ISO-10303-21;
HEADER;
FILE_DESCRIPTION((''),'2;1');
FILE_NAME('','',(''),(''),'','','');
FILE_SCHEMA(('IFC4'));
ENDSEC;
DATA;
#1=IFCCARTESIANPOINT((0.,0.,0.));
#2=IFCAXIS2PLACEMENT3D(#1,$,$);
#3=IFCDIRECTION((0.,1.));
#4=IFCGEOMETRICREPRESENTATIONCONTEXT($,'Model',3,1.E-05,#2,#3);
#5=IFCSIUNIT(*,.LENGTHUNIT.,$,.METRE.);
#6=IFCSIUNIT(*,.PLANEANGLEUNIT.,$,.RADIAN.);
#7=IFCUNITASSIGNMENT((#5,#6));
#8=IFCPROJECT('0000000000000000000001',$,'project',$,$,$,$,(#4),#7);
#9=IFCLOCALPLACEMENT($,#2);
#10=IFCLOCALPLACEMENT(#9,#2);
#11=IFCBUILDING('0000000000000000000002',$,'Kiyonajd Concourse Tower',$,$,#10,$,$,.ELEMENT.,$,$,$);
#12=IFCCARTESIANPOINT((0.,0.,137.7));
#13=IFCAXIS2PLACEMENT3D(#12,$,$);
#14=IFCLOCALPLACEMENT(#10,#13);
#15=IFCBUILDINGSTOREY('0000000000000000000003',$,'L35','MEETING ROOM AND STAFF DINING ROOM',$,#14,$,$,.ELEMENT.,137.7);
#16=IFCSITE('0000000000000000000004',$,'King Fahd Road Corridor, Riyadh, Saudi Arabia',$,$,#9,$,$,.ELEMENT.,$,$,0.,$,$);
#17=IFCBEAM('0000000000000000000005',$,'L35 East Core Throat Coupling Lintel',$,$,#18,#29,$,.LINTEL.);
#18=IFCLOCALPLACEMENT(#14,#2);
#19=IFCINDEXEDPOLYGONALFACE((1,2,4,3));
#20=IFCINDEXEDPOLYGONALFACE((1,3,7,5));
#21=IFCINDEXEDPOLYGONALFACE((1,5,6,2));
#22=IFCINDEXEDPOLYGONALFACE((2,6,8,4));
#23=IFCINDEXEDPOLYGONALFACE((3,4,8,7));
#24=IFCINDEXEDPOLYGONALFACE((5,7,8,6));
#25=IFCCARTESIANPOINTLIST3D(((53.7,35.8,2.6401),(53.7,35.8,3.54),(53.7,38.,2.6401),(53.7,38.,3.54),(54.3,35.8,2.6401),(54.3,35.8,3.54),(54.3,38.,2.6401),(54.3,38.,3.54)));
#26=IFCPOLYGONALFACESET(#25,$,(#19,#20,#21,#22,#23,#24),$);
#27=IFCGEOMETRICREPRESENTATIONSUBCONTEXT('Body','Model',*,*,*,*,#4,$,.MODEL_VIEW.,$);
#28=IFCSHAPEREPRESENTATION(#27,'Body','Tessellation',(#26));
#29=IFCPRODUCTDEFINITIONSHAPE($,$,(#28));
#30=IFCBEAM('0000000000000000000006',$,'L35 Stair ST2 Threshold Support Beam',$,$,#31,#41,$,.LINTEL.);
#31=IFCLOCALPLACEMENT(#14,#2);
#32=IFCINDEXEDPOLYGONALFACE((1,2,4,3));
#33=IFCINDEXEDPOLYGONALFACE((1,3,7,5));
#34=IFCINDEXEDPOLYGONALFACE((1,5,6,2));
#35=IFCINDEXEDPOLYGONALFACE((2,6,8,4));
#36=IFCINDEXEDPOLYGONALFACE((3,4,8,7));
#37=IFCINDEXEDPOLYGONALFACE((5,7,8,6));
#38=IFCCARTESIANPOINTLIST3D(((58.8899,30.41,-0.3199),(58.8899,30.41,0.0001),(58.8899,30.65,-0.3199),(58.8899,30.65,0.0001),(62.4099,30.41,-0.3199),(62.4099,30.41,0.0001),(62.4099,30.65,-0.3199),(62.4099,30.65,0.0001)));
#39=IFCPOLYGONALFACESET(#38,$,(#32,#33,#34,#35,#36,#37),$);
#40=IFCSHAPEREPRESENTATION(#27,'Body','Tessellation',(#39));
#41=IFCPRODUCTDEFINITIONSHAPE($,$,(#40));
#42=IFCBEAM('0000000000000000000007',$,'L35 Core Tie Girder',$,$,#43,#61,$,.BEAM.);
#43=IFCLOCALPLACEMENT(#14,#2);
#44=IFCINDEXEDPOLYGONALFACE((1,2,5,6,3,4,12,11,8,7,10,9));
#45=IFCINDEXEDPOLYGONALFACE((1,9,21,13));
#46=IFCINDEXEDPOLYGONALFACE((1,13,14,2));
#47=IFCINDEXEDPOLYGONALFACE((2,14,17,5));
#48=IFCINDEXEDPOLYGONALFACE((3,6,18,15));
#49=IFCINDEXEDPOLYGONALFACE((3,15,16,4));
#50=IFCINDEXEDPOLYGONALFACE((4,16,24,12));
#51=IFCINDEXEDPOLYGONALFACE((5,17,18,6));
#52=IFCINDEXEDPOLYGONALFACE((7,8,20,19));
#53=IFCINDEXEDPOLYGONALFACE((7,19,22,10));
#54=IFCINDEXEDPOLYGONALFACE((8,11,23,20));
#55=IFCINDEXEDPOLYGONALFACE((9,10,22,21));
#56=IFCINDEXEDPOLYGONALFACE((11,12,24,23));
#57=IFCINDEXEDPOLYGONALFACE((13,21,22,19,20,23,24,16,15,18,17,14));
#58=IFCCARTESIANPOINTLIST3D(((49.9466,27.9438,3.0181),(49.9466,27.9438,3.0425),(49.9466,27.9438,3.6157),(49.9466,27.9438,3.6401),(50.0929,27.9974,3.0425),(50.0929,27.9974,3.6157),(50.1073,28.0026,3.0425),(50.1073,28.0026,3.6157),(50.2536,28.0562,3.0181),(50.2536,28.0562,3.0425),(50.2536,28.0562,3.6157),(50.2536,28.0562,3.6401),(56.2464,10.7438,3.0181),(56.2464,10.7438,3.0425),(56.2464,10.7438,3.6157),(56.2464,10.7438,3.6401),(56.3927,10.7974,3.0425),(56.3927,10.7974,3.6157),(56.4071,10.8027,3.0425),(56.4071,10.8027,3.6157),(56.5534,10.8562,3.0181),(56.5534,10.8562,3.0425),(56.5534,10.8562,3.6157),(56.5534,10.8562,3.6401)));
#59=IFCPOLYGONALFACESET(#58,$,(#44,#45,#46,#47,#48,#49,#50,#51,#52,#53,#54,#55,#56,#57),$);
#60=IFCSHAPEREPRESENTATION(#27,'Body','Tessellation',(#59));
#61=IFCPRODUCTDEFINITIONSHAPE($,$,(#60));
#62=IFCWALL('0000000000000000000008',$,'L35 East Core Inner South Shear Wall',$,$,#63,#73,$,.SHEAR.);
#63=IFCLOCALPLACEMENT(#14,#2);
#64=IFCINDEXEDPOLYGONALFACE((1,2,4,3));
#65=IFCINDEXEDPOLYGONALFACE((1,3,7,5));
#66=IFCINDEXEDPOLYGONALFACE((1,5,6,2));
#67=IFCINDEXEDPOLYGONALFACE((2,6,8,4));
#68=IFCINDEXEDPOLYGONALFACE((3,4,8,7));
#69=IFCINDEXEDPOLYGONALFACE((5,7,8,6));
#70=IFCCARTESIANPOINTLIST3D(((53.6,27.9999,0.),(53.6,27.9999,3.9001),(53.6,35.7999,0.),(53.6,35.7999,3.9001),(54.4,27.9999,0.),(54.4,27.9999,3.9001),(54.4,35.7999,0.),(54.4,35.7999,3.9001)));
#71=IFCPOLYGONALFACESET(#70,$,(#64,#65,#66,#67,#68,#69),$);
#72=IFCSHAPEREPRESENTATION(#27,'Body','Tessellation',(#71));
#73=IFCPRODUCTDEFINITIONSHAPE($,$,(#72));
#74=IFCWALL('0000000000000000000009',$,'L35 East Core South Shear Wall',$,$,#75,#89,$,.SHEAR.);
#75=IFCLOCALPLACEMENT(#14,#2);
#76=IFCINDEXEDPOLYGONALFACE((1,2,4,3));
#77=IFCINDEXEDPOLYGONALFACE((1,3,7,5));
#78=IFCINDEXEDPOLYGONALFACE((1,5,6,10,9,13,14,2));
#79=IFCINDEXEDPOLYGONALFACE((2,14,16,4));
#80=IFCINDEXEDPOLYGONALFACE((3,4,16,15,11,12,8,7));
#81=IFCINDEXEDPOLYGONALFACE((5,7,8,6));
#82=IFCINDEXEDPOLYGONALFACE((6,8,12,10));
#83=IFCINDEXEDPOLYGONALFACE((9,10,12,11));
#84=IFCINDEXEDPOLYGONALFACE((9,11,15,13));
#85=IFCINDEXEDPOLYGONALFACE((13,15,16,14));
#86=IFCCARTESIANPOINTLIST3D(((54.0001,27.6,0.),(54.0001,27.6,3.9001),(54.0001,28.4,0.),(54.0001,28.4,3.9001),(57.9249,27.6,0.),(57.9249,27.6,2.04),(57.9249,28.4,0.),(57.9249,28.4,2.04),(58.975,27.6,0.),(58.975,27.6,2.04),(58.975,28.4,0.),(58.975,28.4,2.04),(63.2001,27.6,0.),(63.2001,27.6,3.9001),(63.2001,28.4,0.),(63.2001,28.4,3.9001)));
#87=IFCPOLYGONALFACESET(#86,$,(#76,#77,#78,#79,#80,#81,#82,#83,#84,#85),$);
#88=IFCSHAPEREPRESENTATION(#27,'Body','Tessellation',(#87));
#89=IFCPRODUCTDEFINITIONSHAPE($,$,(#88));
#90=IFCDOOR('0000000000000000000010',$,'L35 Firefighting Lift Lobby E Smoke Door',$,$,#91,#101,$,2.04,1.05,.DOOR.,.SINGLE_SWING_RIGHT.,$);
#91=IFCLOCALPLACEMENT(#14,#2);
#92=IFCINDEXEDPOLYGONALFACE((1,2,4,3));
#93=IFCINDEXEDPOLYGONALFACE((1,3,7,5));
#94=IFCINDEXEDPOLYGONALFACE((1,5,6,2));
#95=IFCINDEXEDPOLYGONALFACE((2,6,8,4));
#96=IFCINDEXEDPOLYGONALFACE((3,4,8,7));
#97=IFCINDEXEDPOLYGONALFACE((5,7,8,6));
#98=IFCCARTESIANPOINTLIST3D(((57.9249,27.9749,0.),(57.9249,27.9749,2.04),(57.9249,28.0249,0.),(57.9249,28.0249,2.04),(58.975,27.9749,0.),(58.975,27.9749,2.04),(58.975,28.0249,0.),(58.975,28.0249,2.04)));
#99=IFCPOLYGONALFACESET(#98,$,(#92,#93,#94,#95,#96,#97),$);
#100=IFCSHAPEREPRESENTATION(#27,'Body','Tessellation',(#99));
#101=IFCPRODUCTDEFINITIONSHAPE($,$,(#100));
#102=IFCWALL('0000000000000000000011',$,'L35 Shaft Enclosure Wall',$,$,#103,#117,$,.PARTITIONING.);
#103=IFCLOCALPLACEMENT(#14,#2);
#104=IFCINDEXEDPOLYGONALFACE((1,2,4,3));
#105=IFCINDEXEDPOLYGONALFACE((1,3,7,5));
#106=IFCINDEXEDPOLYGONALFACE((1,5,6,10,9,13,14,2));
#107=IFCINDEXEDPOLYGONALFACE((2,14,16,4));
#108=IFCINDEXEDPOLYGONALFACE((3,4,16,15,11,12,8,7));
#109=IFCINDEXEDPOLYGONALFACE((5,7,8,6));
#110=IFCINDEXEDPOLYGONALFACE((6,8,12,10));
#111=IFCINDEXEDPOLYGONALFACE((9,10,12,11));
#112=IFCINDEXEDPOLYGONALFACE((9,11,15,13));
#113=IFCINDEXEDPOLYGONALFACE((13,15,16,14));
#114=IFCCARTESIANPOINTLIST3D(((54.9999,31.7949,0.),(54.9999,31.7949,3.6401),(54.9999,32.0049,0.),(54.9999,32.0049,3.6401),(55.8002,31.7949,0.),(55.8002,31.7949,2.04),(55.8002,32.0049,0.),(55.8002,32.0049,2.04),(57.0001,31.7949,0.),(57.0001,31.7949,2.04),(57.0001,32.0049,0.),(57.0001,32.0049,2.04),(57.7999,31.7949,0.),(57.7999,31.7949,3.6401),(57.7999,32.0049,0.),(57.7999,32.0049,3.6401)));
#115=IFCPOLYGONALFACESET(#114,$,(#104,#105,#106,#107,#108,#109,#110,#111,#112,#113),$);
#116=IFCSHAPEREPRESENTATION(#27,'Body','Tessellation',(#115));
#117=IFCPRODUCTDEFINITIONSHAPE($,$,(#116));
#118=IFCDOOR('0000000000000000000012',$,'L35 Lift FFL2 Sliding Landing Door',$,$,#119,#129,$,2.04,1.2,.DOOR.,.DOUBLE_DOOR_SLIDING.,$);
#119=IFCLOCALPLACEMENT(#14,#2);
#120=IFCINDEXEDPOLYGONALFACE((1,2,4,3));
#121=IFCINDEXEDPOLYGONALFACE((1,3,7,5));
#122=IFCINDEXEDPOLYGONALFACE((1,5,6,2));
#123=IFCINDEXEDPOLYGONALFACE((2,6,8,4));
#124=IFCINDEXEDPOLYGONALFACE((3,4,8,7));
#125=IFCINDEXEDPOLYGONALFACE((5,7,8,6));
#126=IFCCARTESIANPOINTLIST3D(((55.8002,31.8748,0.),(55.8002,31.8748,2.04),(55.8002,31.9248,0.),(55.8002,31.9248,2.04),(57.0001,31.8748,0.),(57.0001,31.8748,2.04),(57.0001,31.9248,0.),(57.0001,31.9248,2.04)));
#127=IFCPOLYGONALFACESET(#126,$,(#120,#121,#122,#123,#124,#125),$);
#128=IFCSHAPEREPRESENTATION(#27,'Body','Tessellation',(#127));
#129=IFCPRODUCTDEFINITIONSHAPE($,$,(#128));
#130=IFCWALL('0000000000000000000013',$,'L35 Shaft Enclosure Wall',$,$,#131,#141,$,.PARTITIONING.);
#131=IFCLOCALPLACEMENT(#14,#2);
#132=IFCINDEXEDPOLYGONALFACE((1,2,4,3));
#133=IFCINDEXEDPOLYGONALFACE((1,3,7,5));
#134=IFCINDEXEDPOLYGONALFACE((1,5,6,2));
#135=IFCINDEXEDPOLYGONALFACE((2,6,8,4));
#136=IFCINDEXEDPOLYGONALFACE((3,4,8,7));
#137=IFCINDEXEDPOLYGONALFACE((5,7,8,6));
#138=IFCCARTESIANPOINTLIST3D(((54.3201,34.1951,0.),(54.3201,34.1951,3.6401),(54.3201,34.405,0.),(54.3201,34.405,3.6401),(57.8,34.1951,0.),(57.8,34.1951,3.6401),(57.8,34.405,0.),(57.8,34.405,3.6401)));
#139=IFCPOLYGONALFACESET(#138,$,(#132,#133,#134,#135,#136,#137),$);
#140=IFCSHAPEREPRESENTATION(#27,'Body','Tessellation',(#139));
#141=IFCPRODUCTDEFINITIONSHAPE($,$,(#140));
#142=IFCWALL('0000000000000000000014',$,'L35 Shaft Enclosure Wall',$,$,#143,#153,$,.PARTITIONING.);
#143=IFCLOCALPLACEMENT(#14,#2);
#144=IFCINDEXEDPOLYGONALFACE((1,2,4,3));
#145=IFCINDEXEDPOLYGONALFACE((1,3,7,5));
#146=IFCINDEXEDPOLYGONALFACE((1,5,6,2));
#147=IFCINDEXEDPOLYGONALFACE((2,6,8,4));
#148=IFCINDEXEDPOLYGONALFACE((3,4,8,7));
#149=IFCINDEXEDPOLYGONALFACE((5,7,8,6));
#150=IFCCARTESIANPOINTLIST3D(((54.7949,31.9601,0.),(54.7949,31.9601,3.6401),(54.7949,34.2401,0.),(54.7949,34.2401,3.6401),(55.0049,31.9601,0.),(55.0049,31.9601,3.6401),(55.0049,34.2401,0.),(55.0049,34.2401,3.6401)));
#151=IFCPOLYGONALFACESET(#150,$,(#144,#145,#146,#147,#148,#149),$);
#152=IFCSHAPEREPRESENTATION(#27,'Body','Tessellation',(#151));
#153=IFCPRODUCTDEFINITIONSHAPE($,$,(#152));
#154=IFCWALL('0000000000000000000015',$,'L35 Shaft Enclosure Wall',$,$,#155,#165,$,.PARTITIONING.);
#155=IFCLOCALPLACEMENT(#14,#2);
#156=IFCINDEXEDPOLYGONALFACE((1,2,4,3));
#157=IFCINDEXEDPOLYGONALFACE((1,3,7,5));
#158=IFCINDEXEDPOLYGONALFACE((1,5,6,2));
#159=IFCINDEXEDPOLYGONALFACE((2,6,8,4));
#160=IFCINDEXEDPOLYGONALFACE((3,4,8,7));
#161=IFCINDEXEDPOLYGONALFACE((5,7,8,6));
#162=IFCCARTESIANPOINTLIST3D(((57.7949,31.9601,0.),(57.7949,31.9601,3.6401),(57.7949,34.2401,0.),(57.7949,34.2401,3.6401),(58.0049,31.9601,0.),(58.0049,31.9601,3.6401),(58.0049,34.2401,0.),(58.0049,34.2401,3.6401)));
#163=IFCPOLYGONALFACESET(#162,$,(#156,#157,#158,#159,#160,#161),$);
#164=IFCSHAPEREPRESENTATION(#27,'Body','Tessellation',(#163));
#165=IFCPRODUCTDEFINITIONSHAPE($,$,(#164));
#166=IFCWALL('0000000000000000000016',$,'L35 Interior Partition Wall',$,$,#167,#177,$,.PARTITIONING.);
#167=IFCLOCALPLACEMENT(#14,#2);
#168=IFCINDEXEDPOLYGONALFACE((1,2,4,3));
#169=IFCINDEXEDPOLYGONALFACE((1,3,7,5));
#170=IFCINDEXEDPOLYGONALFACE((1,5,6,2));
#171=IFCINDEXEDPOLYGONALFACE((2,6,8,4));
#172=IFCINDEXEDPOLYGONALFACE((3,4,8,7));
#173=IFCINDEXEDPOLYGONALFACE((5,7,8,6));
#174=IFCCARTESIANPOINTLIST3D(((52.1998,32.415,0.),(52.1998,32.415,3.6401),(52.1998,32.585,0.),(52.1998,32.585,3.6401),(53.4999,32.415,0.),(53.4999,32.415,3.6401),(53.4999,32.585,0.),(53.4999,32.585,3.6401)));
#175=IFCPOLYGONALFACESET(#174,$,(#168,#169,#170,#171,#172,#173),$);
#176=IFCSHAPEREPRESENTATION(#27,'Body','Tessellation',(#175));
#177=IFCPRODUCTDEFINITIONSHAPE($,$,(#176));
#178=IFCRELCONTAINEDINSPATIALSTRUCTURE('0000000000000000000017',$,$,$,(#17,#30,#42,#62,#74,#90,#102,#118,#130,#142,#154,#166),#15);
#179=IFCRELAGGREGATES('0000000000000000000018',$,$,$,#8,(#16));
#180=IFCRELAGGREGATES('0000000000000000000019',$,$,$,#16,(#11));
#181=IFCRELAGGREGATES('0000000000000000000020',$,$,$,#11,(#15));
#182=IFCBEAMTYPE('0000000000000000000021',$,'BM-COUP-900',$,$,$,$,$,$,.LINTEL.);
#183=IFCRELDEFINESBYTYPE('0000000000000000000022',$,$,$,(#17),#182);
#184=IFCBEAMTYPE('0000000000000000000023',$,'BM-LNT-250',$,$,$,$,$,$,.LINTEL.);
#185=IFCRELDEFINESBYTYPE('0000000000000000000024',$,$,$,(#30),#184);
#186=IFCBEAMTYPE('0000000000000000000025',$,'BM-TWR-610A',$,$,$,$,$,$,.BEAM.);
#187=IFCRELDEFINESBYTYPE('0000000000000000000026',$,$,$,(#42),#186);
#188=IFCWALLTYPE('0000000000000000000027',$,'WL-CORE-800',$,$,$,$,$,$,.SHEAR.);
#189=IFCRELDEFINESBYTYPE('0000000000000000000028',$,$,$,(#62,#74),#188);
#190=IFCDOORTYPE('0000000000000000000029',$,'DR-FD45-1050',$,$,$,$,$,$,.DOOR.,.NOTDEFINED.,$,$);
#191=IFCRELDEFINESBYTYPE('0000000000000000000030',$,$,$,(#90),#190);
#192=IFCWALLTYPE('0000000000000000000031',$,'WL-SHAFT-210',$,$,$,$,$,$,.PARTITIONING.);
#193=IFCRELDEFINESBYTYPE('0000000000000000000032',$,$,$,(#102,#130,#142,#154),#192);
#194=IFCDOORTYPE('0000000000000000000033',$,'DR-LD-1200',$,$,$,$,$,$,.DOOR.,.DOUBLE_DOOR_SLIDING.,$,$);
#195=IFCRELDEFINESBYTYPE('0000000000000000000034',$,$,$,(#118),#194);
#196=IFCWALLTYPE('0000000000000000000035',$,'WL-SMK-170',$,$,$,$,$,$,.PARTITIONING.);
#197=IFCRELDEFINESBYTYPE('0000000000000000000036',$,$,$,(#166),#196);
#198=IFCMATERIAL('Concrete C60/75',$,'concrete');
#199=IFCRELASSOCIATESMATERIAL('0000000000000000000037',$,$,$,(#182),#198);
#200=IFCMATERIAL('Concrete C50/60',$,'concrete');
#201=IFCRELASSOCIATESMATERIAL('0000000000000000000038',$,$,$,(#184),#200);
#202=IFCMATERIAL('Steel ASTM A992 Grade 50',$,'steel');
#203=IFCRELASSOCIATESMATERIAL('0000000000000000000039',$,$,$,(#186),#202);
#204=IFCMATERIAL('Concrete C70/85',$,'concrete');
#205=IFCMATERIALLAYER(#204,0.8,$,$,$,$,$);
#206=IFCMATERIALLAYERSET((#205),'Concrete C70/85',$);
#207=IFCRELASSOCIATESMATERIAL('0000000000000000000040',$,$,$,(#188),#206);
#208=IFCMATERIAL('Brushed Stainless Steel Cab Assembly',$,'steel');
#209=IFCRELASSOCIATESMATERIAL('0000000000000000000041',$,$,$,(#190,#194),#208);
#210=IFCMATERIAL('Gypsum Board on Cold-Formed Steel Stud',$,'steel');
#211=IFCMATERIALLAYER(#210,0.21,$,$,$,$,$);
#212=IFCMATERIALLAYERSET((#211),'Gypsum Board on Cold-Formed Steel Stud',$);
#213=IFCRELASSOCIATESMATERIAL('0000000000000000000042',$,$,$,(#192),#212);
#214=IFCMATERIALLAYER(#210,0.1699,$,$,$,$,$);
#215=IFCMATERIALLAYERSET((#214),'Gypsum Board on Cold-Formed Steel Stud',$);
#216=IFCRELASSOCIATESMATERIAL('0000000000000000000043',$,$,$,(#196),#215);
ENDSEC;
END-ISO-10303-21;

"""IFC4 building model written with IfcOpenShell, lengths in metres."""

from ifc_helpers import new_model, si_unit, direction, frame, frame_2d, origin, origin_2d, place, context, subcontext, project, spatial, rectangle, i_section, extrude, material, layer, layer_set, material_profile, profile_set, type_object, element, fill, save


model = new_model("IFC4")

# Units and contexts
model_context = context("Model", 3, precision=1e-05, world=origin(), true_north=direction((0.0, 1.0)))
body_context = subcontext(model_context, "Body", "Model", "MODEL_VIEW")
ifc_project = project(units=[si_unit("LENGTHUNIT", "METRE"), si_unit("PLANEANGLEUNIT", "RADIAN")], contexts=[model_context])

# Site, building, storey
site_placement = place(None, origin())
site = spatial("IfcSite", under=ifc_project, at=site_placement, Name="King Fahd Road Corridor, Riyadh, Saudi Arabia", CompositionType="ELEMENT", RefElevation=0.0)
building_placement = place(site_placement, origin())
building = spatial("IfcBuilding", under=site, at=building_placement, Name="Kiyonajd Concourse Tower", CompositionType="ELEMENT")
storey_placement = place(building_placement, frame((0.0, 0.0, 137.7)))
storey = spatial("IfcBuildingStorey", under=building, at=storey_placement, Name="L35", Description="MEETING ROOM AND STAFF DINING ROOM", CompositionType="ELEMENT", Elevation=137.7)

# Beams
ifc_material_1 = material(Name="Concrete C60/75", Category="concrete")
ifc_material_profile_1 = material_profile(ifc_material_1, rectangle(XDim=0.6001, YDim=0.8999, at=origin_2d()), Name="RCBM-600x900")
ifc_profile_set_1 = profile_set([ifc_material_profile_1], Name="Concrete C60/75")
beam_type_1 = type_object("IfcBeamType", Name="BM-COUP-900", PredefinedType="LINTEL", material=ifc_profile_set_1)
beam_1_placement = place(storey_placement, frame((54.0, 35.8, 3.0901), z_axis=(0.0, 1.0, 0.0), x_axis=(-1.0, 0.0, 0.0)))
element("IfcBeam", 1, at=beam_1_placement, inside=storey, type_object=beam_type_1, Name="L35 East Core Throat Coupling Lintel", PredefinedType="LINTEL", context=body_context, shape_type="SweptSolid", body=[
    extrude(rectangle(XDim=0.6001, YDim=0.8999, at=origin_2d()), origin(), (0.0, 0.0, 1.0), 2.2),
])
ifc_material_2 = material(Name="Concrete C50/60", Category="concrete")
ifc_material_profile_2 = material_profile(ifc_material_2, rectangle(XDim=0.24, YDim=0.3201, at=origin_2d()), Name="RCBM-240x320")
ifc_profile_set_2 = profile_set([ifc_material_profile_2], Name="Concrete C50/60")
beam_type_2 = type_object("IfcBeamType", Name="BM-LNT-250", PredefinedType="LINTEL", material=ifc_profile_set_2)
beam_2_placement = place(storey_placement, frame((58.8899, 30.53, -0.1599), z_axis=(1.0, 0.0, 0.0), x_axis=(0.0, 1.0, 0.0)))
element("IfcBeam", 2, at=beam_2_placement, inside=storey, type_object=beam_type_2, Name="L35 Stair ST2 Threshold Support Beam", PredefinedType="LINTEL", context=body_context, shape_type="SweptSolid", body=[
    extrude(rectangle(XDim=0.24, YDim=0.3201, at=origin_2d()), origin(), (0.0, 0.0, 1.0), 3.52),
])
ifc_material_3 = material(Name="Steel ASTM A992 Grade 50", Category="steel")
ifc_material_profile_3 = material_profile(ifc_material_3, i_section(OverallWidth=0.3269, OverallDepth=0.6221, WebThickness=0.0154, FlangeThickness=0.0244, at=origin_2d()), Name="W610X195")
ifc_profile_set_3 = profile_set([ifc_material_profile_3], Name="Steel ASTM A992 Grade 50")
beam_type_3 = type_object("IfcBeamType", Name="BM-TWR-610A", PredefinedType="BEAM", material=ifc_profile_set_3)
beam_3_placement = place(storey_placement, frame((50.1001, 28.0, 3.3291), z_axis=(0.343925, -0.938997, 0.0), x_axis=(0.938997, 0.343925, 0.0)))
element("IfcBeam", 3, at=beam_3_placement, inside=storey, type_object=beam_type_3, Name="L35 Core Tie Girder", PredefinedType="BEAM", context=body_context, shape_type="SweptSolid", body=[
    extrude(i_section(OverallWidth=0.3269, OverallDepth=0.6221, WebThickness=0.0154, FlangeThickness=0.0244, at=origin_2d()), origin(), (0.0, 0.0, 1.0), 18.3174),
])

# Wall
ifc_material_4 = material(Name="Concrete C70/85", Category="concrete")
ifc_layer_1 = layer(ifc_material_4, 0.8)
ifc_layer_set_1 = layer_set([ifc_layer_1], Name="Concrete C70/85")
wall_type_1 = type_object("IfcWallType", Name="WL-CORE-800", PredefinedType="SHEAR", material=ifc_layer_set_1)
wall_1_placement = place(storey_placement, frame((54.0, 28.0, 0.0), z_axis=(0.0, 0.0, 1.0), x_axis=(0.0, 1.0, 0.0)))
element("IfcWall", 4, at=wall_1_placement, inside=storey, type_object=wall_type_1, Name="L35 East Core Inner South Shear Wall", PredefinedType="SHEAR", context=body_context, shape_type="SweptSolid", body=[
    extrude(rectangle(XDim=7.8, YDim=0.8, at=frame_2d((3.8999, 0.0))), origin(), (0.0, 0.0, 1.0), 3.9001),
])

# Walls, openings, doors
wall_2_placement = place(storey_placement, frame((54.0, 28.0, 0.0), z_axis=(0.0, 0.0, 1.0), x_axis=(1.0, 0.0, 0.0)))
wall_2 = element("IfcWall", 5, at=wall_2_placement, inside=storey, type_object=wall_type_1, Name="L35 East Core South Shear Wall", PredefinedType="SHEAR", context=body_context, shape_type="SweptSolid", body=[
    extrude(rectangle(XDim=9.2, YDim=0.8, at=frame_2d((4.6001, 0.0))), origin(), (0.0, 0.0, 1.0), 3.9001),
])
opening_1_placement = place(wall_2_placement, frame((3.925, 0.0, 0.0)))
opening_1 = element("IfcOpeningElement", 6, at=opening_1_placement, cuts=wall_2, PredefinedType="OPENING", context=body_context, shape_type="SweptSolid", body=[
    extrude(rectangle(XDim=1.05, YDim=2.04, at=frame_2d((0.5249, 1.02))), frame((0.0, 0.4099, 0.0), z_axis=(0.0, -1.0, 0.0), x_axis=(1.0, 0.0, 0.0)), (0.0, 0.0, 1.0), 0.8201),
])
ifc_material_5 = material(Name="Brushed Stainless Steel Cab Assembly", Category="steel")
door_type_1 = type_object("IfcDoorType", Name="DR-FD45-1050", OperationType="NOTDEFINED", PredefinedType="DOOR", material=ifc_material_5)
door_1_placement = place(opening_1_placement, origin())
door_1 = element("IfcDoor", 7, at=door_1_placement, inside=storey, type_object=door_type_1, Name="L35 Firefighting Lift Lobby E Smoke Door", OperationType="SINGLE_SWING_RIGHT", OverallHeight=2.04, OverallWidth=1.05, PredefinedType="DOOR", context=body_context, shape_type="SweptSolid", body=[
    extrude(rectangle(XDim=1.05, YDim=2.04, at=frame_2d((0.5249, 1.02))), frame((0.0, 0.0249, 0.0), z_axis=(0.0, -1.0, 0.0), x_axis=(1.0, 0.0, 0.0)), (0.0, 0.0, 1.0), 0.05),
])
fill(opening_1, door_1)
ifc_material_6 = material(Name="Gypsum Board on Cold-Formed Steel Stud", Category="steel")
ifc_layer_2 = layer(ifc_material_6, 0.21)
ifc_layer_set_2 = layer_set([ifc_layer_2], Name="Gypsum Board on Cold-Formed Steel Stud")
wall_type_2 = type_object("IfcWallType", Name="WL-SHAFT-210", PredefinedType="PARTITIONING", material=ifc_layer_set_2)
wall_3_placement = place(storey_placement, frame((55.0, 31.8999, 0.0), z_axis=(0.0, 0.0, 1.0), x_axis=(1.0, 0.0, 0.0)))
wall_3 = element("IfcWall", 8, at=wall_3_placement, inside=storey, type_object=wall_type_2, Name="L35 Shaft Enclosure Wall", PredefinedType="PARTITIONING", context=body_context, shape_type="SweptSolid", body=[
    extrude(rectangle(XDim=2.8, YDim=0.21, at=frame_2d((1.3999, 0.0))), origin(), (0.0, 0.0, 1.0), 3.6401),
])
opening_2_placement = place(wall_3_placement, frame((0.8, 0.0, 0.0)))
opening_2 = element("IfcOpeningElement", 9, at=opening_2_placement, cuts=wall_3, PredefinedType="OPENING", context=body_context, shape_type="SweptSolid", body=[
    extrude(rectangle(XDim=1.2, YDim=2.04, at=frame_2d((0.6001, 1.02))), frame((0.0, 0.115, 0.0), z_axis=(0.0, -1.0, 0.0), x_axis=(1.0, 0.0, 0.0)), (0.0, 0.0, 1.0), 0.23),
])
door_type_2 = type_object("IfcDoorType", Name="DR-LD-1200", OperationType="DOUBLE_DOOR_SLIDING", PredefinedType="DOOR", material=ifc_material_5)
door_2_placement = place(opening_2_placement, origin())
door_2 = element("IfcDoor", 10, at=door_2_placement, inside=storey, type_object=door_type_2, Name="L35 Lift FFL2 Sliding Landing Door", OperationType="DOUBLE_DOOR_SLIDING", OverallHeight=2.04, OverallWidth=1.2, PredefinedType="DOOR", context=body_context, shape_type="SweptSolid", body=[
    extrude(rectangle(XDim=1.2, YDim=2.04, at=frame_2d((0.6001, 1.02))), frame((0.0, 0.0249, 0.0), z_axis=(0.0, -1.0, 0.0), x_axis=(1.0, 0.0, 0.0)), (0.0, 0.0, 1.0), 0.05),
])
fill(opening_2, door_2)

# Walls
wall_4_placement = place(storey_placement, frame((54.3201, 34.3, 0.0), z_axis=(0.0, 0.0, 1.0), x_axis=(1.0, 0.0, 0.0)))
element("IfcWall", 11, at=wall_4_placement, inside=storey, type_object=wall_type_2, Name="L35 Shaft Enclosure Wall", PredefinedType="PARTITIONING", context=body_context, shape_type="SweptSolid", body=[
    extrude(rectangle(XDim=3.48, YDim=0.21, at=frame_2d((1.74, 0.0))), origin(), (0.0, 0.0, 1.0), 3.6401),
])
for number, where, z_axis, x_axis, name in (
    (12, (54.8999, 31.96, 0.0), (0.0, 0.0, 1.0), (0.0, 1.0, 0.0), "L35 Shaft Enclosure Wall"),
    (13, (57.8999, 31.96, 0.0), (0.0, 0.0, 1.0), (0.0, 1.0, 0.0), "L35 Shaft Enclosure Wall"),
):
    element("IfcWall", number, at=place(storey_placement, frame(where, z_axis=z_axis, x_axis=x_axis)), inside=storey, type_object=wall_type_2, Name=name, PredefinedType="PARTITIONING", context=body_context, shape_type="SweptSolid", body=[
        extrude(rectangle(XDim=2.28, YDim=0.21, at=frame_2d((1.1401, 0.0))), origin(), (0.0, 0.0, 1.0), 3.6401),
    ])
ifc_layer_3 = layer(ifc_material_6, 0.1699)
ifc_layer_set_3 = layer_set([ifc_layer_3], Name="Gypsum Board on Cold-Formed Steel Stud")
wall_type_3 = type_object("IfcWallType", Name="WL-SMK-170", PredefinedType="PARTITIONING", material=ifc_layer_set_3)
wall_5_placement = place(storey_placement, frame((52.2, 32.5, 0.0), z_axis=(0.0, 0.0, 1.0), x_axis=(1.0, 0.0, 0.0)))
element("IfcWall", 14, at=wall_5_placement, inside=storey, type_object=wall_type_3, Name="L35 Interior Partition Wall", PredefinedType="PARTITIONING", context=body_context, shape_type="SweptSolid", body=[
    extrude(rectangle(XDim=1.3, YDim=0.1699, at=frame_2d((0.6499, 0.0))), origin(), (0.0, 0.0, 1.0), 3.6401),
])

save(model, "model.ifc")
